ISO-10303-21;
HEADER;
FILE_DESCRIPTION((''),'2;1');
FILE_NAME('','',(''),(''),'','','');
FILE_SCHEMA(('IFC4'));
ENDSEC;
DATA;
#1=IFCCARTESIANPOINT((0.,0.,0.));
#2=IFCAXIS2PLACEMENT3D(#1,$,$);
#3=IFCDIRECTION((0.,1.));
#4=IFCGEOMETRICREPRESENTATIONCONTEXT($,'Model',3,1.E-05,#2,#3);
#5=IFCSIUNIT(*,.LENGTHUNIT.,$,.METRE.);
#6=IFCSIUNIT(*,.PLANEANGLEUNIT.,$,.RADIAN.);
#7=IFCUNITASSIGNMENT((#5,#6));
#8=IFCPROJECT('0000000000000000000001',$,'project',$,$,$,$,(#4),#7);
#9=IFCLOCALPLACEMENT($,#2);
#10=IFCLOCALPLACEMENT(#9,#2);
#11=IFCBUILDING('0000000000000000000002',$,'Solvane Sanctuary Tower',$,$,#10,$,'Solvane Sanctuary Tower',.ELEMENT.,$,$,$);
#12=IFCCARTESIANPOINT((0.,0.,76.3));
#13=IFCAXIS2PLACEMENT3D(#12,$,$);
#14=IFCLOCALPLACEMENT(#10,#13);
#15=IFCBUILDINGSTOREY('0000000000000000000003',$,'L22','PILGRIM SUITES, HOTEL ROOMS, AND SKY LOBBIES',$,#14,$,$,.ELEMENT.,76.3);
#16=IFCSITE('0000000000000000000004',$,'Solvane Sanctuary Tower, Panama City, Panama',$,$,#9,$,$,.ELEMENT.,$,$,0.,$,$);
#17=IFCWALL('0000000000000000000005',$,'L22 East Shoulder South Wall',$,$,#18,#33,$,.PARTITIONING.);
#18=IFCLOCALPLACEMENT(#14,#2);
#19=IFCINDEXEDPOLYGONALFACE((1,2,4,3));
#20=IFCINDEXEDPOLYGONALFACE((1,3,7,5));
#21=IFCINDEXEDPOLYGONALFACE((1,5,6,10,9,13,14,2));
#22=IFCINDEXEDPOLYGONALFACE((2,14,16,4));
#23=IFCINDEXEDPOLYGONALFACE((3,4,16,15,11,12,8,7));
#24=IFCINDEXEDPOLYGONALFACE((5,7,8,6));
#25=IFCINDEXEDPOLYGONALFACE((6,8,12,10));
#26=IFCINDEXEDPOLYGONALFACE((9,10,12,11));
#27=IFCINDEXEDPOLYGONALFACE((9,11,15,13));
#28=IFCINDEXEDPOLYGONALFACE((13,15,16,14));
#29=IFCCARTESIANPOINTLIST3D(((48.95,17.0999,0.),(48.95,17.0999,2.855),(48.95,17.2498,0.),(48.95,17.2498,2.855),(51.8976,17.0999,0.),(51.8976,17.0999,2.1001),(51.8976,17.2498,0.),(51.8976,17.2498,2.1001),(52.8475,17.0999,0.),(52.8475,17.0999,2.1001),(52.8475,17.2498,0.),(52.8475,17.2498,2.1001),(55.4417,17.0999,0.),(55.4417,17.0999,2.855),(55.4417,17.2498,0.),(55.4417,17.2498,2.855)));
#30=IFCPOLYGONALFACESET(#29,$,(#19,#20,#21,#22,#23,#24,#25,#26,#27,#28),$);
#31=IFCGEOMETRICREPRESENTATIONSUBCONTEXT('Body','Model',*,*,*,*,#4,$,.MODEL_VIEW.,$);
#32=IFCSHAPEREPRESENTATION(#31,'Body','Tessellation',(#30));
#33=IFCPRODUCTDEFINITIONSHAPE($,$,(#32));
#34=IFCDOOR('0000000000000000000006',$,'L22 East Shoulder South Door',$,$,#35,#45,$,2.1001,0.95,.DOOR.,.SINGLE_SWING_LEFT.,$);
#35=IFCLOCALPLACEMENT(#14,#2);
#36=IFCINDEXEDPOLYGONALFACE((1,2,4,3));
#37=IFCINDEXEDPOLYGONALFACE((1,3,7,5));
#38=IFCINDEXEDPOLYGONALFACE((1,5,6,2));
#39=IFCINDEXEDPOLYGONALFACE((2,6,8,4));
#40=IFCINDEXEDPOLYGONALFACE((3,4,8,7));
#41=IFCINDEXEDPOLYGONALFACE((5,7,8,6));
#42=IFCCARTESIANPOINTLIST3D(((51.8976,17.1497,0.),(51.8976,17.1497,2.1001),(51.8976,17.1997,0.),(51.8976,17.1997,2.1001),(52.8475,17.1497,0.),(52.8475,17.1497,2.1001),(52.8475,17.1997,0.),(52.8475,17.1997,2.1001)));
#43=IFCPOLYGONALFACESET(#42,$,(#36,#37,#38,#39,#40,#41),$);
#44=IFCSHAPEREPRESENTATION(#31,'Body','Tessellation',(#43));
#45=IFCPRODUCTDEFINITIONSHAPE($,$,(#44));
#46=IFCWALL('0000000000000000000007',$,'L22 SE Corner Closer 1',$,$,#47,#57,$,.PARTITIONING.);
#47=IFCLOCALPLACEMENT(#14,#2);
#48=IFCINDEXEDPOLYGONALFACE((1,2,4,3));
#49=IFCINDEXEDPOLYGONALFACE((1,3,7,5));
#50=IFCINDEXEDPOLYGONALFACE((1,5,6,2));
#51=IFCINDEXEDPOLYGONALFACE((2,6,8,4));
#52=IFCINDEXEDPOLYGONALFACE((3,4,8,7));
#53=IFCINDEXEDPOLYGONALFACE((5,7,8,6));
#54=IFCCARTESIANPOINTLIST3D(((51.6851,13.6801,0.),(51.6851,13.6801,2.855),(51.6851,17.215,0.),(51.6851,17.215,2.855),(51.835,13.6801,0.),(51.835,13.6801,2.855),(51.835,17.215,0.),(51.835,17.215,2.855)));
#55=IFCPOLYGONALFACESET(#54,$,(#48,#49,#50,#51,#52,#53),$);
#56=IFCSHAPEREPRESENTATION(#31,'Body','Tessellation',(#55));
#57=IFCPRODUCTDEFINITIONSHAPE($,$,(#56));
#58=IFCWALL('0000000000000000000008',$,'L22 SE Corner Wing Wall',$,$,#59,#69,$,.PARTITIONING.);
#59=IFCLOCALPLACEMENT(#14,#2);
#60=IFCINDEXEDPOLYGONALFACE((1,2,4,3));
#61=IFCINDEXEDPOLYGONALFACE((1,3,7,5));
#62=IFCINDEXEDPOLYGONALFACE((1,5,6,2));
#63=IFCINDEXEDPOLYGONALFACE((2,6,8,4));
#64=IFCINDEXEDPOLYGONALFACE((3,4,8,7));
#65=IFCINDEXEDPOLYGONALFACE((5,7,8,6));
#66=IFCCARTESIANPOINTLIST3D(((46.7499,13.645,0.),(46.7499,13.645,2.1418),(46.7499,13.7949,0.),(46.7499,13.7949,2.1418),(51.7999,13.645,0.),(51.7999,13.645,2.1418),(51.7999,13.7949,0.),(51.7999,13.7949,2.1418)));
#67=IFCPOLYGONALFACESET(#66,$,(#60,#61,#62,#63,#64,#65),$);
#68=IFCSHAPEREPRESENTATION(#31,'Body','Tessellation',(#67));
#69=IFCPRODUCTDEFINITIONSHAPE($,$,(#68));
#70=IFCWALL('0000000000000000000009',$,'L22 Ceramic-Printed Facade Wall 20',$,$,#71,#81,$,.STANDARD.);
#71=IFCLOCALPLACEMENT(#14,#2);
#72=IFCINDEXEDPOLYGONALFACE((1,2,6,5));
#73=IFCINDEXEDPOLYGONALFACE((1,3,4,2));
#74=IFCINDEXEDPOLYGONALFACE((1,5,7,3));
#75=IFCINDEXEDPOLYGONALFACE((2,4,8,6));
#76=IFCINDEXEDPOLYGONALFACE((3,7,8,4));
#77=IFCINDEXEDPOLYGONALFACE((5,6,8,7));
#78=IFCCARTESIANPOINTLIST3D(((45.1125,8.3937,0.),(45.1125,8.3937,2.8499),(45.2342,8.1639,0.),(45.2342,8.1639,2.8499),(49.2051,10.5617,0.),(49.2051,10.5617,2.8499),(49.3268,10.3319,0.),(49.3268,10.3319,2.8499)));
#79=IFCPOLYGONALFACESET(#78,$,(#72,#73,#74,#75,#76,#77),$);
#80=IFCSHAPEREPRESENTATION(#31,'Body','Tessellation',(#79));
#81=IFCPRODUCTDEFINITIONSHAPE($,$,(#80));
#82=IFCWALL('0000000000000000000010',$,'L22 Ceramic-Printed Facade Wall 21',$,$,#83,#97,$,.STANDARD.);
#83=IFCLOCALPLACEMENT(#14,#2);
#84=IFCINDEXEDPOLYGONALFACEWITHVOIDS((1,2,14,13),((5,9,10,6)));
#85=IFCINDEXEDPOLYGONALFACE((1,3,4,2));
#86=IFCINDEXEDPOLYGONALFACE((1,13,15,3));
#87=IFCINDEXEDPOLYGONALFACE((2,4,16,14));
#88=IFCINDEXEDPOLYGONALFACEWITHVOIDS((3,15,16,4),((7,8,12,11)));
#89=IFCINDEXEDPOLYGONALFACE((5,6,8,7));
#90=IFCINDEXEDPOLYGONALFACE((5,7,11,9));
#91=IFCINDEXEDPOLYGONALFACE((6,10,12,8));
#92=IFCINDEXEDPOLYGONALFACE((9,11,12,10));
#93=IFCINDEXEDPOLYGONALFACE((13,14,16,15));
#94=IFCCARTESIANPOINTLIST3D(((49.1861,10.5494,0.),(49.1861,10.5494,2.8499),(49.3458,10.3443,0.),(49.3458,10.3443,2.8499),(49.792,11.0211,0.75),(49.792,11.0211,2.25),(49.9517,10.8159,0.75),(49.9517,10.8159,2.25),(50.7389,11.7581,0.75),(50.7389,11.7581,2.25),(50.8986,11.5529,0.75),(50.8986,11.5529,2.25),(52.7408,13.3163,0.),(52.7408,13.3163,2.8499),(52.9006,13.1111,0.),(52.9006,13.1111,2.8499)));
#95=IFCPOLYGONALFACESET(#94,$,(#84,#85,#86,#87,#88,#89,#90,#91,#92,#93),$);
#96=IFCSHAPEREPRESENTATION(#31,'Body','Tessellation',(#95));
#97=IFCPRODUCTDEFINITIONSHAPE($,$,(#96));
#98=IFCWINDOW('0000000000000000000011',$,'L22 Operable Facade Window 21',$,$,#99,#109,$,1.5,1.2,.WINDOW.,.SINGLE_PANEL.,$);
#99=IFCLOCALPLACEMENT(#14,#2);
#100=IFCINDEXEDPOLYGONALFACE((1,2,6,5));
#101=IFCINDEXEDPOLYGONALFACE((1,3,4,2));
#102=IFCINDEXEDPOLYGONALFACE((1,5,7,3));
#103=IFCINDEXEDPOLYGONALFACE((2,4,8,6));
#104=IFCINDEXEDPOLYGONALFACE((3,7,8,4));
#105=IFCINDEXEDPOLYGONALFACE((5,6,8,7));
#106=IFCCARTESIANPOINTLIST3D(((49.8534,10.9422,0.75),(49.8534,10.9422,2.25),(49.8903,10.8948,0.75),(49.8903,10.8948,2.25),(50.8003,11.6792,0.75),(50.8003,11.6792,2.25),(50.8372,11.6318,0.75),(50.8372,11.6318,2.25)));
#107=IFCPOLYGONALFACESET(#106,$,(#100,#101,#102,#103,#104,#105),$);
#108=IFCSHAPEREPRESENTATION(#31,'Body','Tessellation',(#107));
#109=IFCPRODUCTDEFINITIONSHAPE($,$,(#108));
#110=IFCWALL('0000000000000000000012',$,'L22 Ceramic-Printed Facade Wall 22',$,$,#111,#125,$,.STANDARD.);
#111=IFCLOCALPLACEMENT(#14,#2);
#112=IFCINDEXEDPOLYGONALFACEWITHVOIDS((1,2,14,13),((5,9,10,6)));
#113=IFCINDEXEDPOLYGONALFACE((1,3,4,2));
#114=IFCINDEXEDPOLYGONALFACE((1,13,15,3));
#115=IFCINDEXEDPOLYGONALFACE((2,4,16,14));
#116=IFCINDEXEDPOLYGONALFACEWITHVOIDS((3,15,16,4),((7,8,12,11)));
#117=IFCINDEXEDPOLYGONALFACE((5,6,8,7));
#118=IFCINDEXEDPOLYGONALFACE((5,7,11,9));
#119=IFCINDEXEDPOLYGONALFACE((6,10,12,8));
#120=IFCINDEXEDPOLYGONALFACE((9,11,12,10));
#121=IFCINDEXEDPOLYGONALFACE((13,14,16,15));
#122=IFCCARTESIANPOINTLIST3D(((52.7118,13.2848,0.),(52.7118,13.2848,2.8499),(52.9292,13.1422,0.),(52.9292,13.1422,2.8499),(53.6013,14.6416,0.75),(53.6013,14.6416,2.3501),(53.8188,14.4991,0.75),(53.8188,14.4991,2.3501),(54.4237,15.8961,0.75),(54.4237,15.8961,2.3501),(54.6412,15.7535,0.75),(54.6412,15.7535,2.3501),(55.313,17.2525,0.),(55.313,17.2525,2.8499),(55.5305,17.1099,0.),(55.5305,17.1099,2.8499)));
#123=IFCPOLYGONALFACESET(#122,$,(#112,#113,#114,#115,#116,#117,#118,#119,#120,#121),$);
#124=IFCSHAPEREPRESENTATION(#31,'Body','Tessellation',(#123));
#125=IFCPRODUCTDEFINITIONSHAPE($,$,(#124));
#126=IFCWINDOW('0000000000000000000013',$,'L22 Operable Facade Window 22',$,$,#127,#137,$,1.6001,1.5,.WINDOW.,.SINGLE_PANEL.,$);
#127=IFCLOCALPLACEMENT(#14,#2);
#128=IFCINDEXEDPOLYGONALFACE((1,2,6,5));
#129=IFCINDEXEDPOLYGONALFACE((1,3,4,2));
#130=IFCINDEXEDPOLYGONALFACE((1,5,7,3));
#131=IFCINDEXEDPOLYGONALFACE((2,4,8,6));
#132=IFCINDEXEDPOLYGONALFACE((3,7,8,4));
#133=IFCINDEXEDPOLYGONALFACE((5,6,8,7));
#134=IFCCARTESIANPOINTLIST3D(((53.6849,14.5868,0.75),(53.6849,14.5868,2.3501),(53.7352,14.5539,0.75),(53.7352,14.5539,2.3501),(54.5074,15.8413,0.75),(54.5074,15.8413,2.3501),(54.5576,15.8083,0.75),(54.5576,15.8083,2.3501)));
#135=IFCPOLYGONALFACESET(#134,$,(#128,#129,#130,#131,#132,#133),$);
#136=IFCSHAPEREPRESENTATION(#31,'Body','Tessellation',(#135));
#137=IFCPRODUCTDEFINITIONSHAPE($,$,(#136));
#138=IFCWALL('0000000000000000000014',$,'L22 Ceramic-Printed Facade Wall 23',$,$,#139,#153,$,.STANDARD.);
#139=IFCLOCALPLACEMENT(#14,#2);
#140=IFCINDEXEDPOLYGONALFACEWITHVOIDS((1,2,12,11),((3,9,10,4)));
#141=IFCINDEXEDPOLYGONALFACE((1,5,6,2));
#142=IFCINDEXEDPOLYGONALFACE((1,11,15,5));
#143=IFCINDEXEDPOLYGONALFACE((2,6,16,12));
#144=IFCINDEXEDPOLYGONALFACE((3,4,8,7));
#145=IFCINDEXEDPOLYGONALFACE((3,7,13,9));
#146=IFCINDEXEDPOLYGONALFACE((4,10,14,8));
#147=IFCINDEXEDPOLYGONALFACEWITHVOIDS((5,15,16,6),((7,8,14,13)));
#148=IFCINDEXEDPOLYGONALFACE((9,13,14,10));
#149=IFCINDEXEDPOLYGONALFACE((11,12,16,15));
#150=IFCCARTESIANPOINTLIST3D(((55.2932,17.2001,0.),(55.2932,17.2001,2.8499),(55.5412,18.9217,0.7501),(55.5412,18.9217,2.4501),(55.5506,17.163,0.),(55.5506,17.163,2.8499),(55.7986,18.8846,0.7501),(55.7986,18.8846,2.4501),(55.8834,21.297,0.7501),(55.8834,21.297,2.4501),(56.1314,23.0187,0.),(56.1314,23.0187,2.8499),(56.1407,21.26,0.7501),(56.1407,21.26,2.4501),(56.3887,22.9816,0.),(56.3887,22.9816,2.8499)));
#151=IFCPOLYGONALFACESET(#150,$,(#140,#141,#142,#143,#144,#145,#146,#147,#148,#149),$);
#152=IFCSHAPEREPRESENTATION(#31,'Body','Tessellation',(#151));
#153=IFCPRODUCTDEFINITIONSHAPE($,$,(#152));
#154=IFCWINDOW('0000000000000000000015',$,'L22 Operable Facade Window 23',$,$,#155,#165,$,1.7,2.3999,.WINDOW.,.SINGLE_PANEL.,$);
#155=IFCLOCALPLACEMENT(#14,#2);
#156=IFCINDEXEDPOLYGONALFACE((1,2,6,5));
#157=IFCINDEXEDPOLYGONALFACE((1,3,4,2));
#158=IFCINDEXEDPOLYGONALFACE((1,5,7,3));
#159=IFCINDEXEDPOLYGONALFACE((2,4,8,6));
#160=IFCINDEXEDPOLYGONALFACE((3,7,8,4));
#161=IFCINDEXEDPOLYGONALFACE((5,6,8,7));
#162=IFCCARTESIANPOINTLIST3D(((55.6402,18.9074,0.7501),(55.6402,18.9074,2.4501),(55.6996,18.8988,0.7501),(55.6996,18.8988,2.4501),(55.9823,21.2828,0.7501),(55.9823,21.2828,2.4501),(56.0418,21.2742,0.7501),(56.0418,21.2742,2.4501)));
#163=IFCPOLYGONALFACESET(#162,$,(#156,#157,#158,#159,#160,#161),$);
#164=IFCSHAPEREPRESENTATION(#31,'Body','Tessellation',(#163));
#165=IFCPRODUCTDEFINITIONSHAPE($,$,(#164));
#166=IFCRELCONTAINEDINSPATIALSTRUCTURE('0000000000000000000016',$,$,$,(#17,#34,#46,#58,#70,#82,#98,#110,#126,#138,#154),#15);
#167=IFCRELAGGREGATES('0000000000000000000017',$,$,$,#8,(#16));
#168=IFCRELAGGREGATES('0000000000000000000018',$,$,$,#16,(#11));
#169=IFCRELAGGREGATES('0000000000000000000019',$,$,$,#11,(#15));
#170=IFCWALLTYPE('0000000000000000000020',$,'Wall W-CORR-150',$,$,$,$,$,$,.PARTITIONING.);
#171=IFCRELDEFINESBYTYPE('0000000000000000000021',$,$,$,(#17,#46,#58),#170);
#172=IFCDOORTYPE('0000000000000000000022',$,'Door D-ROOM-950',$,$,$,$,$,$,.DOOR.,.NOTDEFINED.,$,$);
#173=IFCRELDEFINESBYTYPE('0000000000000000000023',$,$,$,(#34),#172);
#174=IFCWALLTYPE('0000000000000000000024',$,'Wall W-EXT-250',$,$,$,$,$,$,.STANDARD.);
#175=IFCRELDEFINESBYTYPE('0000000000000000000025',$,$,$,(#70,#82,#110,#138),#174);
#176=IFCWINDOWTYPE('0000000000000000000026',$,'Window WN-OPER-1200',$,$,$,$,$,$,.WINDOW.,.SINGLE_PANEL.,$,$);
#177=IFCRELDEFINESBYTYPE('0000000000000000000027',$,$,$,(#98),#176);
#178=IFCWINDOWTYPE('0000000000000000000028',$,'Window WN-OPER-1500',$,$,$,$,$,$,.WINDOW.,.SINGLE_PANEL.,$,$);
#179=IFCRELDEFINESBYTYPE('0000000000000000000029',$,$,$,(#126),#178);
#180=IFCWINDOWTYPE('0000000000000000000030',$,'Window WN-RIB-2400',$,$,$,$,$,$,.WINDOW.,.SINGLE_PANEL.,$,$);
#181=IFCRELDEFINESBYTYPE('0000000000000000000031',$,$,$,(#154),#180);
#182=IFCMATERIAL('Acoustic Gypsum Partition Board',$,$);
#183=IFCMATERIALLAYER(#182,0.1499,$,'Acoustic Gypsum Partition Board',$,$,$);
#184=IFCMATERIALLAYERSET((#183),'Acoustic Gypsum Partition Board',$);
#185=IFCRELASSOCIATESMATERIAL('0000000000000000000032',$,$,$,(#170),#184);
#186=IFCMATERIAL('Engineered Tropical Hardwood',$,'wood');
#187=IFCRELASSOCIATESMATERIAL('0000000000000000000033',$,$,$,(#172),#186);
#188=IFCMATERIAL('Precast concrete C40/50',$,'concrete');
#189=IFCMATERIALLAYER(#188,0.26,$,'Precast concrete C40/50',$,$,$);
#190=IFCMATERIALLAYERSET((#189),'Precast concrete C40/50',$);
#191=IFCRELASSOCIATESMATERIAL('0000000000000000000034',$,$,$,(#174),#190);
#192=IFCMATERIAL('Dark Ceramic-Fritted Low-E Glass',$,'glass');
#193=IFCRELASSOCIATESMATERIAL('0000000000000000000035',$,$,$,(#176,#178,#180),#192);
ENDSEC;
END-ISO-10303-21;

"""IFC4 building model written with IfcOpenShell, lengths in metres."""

from ifc_helpers import new_model, si_unit, direction, frame, frame_2d, origin, place, context, subcontext, project, spatial, rectangle, extrude, material, layer, layer_set, type_object, element, fill, save


model = new_model("IFC4")

# Units and contexts
model_context = context("Model", 3, precision=1e-05, world=origin(), true_north=direction((0.0, 1.0)))
body_context = subcontext(model_context, "Body", "Model", "MODEL_VIEW")
ifc_project = project(units=[si_unit("LENGTHUNIT", "METRE"), si_unit("PLANEANGLEUNIT", "RADIAN")], contexts=[model_context])

# Site, building, storey
site_placement = place(None, origin())
site = spatial("IfcSite", under=ifc_project, at=site_placement, Name="Solvane Sanctuary Tower, Panama City, Panama", CompositionType="ELEMENT", RefElevation=0.0)
building_placement = place(site_placement, origin())
building = spatial("IfcBuilding", under=site, at=building_placement, Name="Solvane Sanctuary Tower", LongName="Solvane Sanctuary Tower", CompositionType="ELEMENT")
storey_placement = place(building_placement, frame((0.0, 0.0, 76.3)))
storey = spatial("IfcBuildingStorey", under=building, at=storey_placement, Name="L22", Description="PILGRIM SUITES, HOTEL ROOMS, AND SKY LOBBIES", CompositionType="ELEMENT", Elevation=76.3)

# Wall, opening, door
ifc_material_1 = material(Name="Acoustic Gypsum Partition Board")
ifc_layer_1 = layer(ifc_material_1, 0.1499, Name="Acoustic Gypsum Partition Board")
ifc_layer_set_1 = layer_set([ifc_layer_1], Name="Acoustic Gypsum Partition Board")
wall_type_1 = type_object("IfcWallType", Name="Wall W-CORR-150", PredefinedType="PARTITIONING", material=ifc_layer_set_1)
wall_1_placement = place(storey_placement, frame((48.95, 17.1748, 0.0), z_axis=(0.0, 0.0, 1.0), x_axis=(1.0, 0.0, 0.0)))
wall_1 = element("IfcWall", 1, at=wall_1_placement, inside=storey, type_object=wall_type_1, Name="L22 East Shoulder South Wall", PredefinedType="PARTITIONING", context=body_context, shape_type="SweptSolid", body=[
    extrude(rectangle(XDim=6.4917, YDim=0.1499, at=frame_2d((3.2458, 0.0))), origin(), (0.0, 0.0, 1.0), 2.855),
])
opening_1_placement = place(wall_1_placement, frame((2.9475, 0.0, 0.0)))
opening_1 = element("IfcOpeningElement", 2, at=opening_1_placement, cuts=wall_1, PredefinedType="OPENING", context=body_context, shape_type="SweptSolid", body=[
    extrude(rectangle(XDim=0.95, YDim=2.1001, at=frame_2d((0.4751, 1.05))), frame((0.0, 0.085, 0.0), z_axis=(0.0, -1.0, 0.0), x_axis=(1.0, 0.0, 0.0)), (0.0, 0.0, 1.0), 0.1699),
])
ifc_material_2 = material(Name="Engineered Tropical Hardwood", Category="wood")
door_type_1 = type_object("IfcDoorType", Name="Door D-ROOM-950", OperationType="NOTDEFINED", PredefinedType="DOOR", material=ifc_material_2)
door_1_placement = place(opening_1_placement, origin())
door_1 = element("IfcDoor", 3, at=door_1_placement, inside=storey, type_object=door_type_1, Name="L22 East Shoulder South Door", OperationType="SINGLE_SWING_LEFT", OverallHeight=2.1001, OverallWidth=0.95, PredefinedType="DOOR", context=body_context, shape_type="SweptSolid", body=[
    extrude(rectangle(XDim=0.95, YDim=2.1001, at=frame_2d((0.4751, 1.05))), frame((0.0, 0.0249, 0.0), z_axis=(0.0, -1.0, 0.0), x_axis=(1.0, 0.0, 0.0)), (0.0, 0.0, 1.0), 0.05),
])
fill(opening_1, door_1)

# Walls
wall_2_placement = place(storey_placement, frame((51.76, 13.6799, 0.0), z_axis=(0.0, 0.0, 1.0), x_axis=(0.0, 1.0, 0.0)))
element("IfcWall", 4, at=wall_2_placement, inside=storey, type_object=wall_type_1, Name="L22 SE Corner Closer 1", PredefinedType="PARTITIONING", context=body_context, shape_type="SweptSolid", body=[
    extrude(rectangle(XDim=3.5349, YDim=0.1499, at=frame_2d((1.7676, 0.0))), origin(), (0.0, 0.0, 1.0), 2.855),
])
wall_3_placement = place(storey_placement, frame((46.75, 13.72, 0.0), z_axis=(0.0, 0.0, 1.0), x_axis=(1.0, 0.0, 0.0)))
element("IfcWall", 5, at=wall_3_placement, inside=storey, type_object=wall_type_1, Name="L22 SE Corner Wing Wall", PredefinedType="PARTITIONING", context=body_context, shape_type="SweptSolid", body=[
    extrude(rectangle(XDim=5.05, YDim=0.1499, at=frame_2d((2.5249, 0.0))), origin(), (0.0, 0.0, 1.0), 2.1418),
])
ifc_material_3 = material(Name="Precast concrete C40/50", Category="concrete")
ifc_layer_2 = layer(ifc_material_3, 0.26, Name="Precast concrete C40/50")
ifc_layer_set_2 = layer_set([ifc_layer_2], Name="Precast concrete C40/50")
wall_type_2 = type_object("IfcWallType", Name="Wall W-EXT-250", PredefinedType="STANDARD", material=ifc_layer_set_2)
wall_4_placement = place(storey_placement, frame((45.1733, 8.2788, 0.0), z_axis=(0.0, 0.0, 1.0), x_axis=(0.883669, 0.468113, 0.0)))
element("IfcWall", 6, at=wall_4_placement, inside=storey, type_object=wall_type_2, Name="L22 Ceramic-Printed Facade Wall 20", PredefinedType="STANDARD", context=body_context, shape_type="SweptSolid", body=[
    extrude(rectangle(XDim=4.6313, YDim=0.26, at=frame_2d((2.3157, 0.0))), origin(), (0.0, 0.0, 1.0), 2.8499),
])

# Walls, openings, windows
wall_5_placement = place(storey_placement, frame((49.2659, 10.4468, 0.0), z_axis=(0.0, 0.0, 1.0), x_axis=(0.789127, 0.614229, 0.0)))
wall_5 = element("IfcWall", 7, at=wall_5_placement, inside=storey, type_object=wall_type_2, Name="L22 Ceramic-Printed Facade Wall 21", PredefinedType="STANDARD", context=body_context, shape_type="SweptSolid", body=[
    extrude(rectangle(XDim=4.5046, YDim=0.26, at=frame_2d((2.2524, 0.0))), origin(), (0.0, 0.0, 1.0), 2.8499),
])
opening_2_placement = place(wall_5_placement, frame((0.7678, 0.0, 0.75)))
opening_2 = element("IfcOpeningElement", 8, at=opening_2_placement, cuts=wall_5, PredefinedType="OPENING", context=body_context, shape_type="SweptSolid", body=[
    extrude(rectangle(XDim=1.2, YDim=1.5, at=frame_2d((0.6001, 0.75))), frame((0.0, 0.1399, 0.0), z_axis=(0.0, -1.0, 0.0), x_axis=(1.0, 0.0, 0.0)), (0.0, 0.0, 1.0), 0.28),
])
ifc_material_4 = material(Name="Dark Ceramic-Fritted Low-E Glass", Category="glass")
window_type_1 = type_object("IfcWindowType", Name="Window WN-OPER-1200", PartitioningType="SINGLE_PANEL", PredefinedType="WINDOW", material=ifc_material_4)
window_1_placement = place(opening_2_placement, origin())
window_1 = element("IfcWindow", 9, at=window_1_placement, inside=storey, type_object=window_type_1, Name="L22 Operable Facade Window 21", OverallHeight=1.5, OverallWidth=1.2, PartitioningType="SINGLE_PANEL", PredefinedType="WINDOW", context=body_context, shape_type="SweptSolid", body=[
    extrude(rectangle(XDim=1.2, YDim=1.5, at=frame_2d((0.6001, 0.75))), frame((0.0, 0.03, 0.0), z_axis=(0.0, -1.0, 0.0), x_axis=(1.0, 0.0, 0.0)), (0.0, 0.0, 1.0), 0.0601),
])
fill(opening_2, window_1)
wall_6_placement = place(storey_placement, frame((52.8206, 13.2136, 0.0), z_axis=(0.0, 0.0, 1.0), x_axis=(0.548283, 0.836293, 0.0)))
wall_6 = element("IfcWall", 10, at=wall_6_placement, inside=storey, type_object=wall_type_2, Name="L22 Ceramic-Printed Facade Wall 22", PredefinedType="STANDARD", context=body_context, shape_type="SweptSolid", body=[
    extrude(rectangle(XDim=4.7444, YDim=0.26, at=frame_2d((2.3721, 0.0))), origin(), (0.0, 0.0, 1.0), 2.8499),
])
opening_3_placement = place(wall_6_placement, frame((1.6223, 0.0, 0.75)))
opening_3 = element("IfcOpeningElement", 11, at=opening_3_placement, cuts=wall_6, PredefinedType="OPENING", context=body_context, shape_type="SweptSolid", body=[
    extrude(rectangle(XDim=1.5, YDim=1.6001, at=frame_2d((0.75, 0.8))), frame((0.0, 0.1399, 0.0), z_axis=(0.0, -1.0, 0.0), x_axis=(1.0, 0.0, 0.0)), (0.0, 0.0, 1.0), 0.28),
])
window_type_2 = type_object("IfcWindowType", Name="Window WN-OPER-1500", PartitioningType="SINGLE_PANEL", PredefinedType="WINDOW", material=ifc_material_4)
window_2_placement = place(opening_3_placement, origin())
window_2 = element("IfcWindow", 12, at=window_2_placement, inside=storey, type_object=window_type_2, Name="L22 Operable Facade Window 22", OverallHeight=1.6001, OverallWidth=1.5, PartitioningType="SINGLE_PANEL", PredefinedType="WINDOW", context=body_context, shape_type="SweptSolid", body=[
    extrude(rectangle(XDim=1.5, YDim=1.6001, at=frame_2d((0.75, 0.8))), frame((0.0, 0.03, 0.0), z_axis=(0.0, -1.0, 0.0), x_axis=(1.0, 0.0, 0.0)), (0.0, 0.0, 1.0), 0.0601),
])
fill(opening_3, window_2)
wall_7_placement = place(storey_placement, frame((55.4219, 17.1814, 0.0), z_axis=(0.0, 0.0, 1.0), x_axis=(0.142572, 0.989784, 0.0)))
wall_7 = element("IfcWall", 13, at=wall_7_placement, inside=storey, type_object=wall_type_2, Name="L22 Ceramic-Printed Facade Wall 23", PredefinedType="STANDARD", context=body_context, shape_type="SweptSolid", body=[
    extrude(rectangle(XDim=5.8787, YDim=0.26, at=frame_2d((2.9395, 0.0))), origin(), (0.0, 0.0, 1.0), 2.8499),
])
opening_4_placement = place(wall_7_placement, frame((1.7395, 0.0, 0.75)))
opening_4 = element("IfcOpeningElement", 14, at=opening_4_placement, cuts=wall_7, PredefinedType="OPENING", context=body_context, shape_type="SweptSolid", body=[
    extrude(rectangle(XDim=2.3999, YDim=1.7, at=frame_2d((1.2, 0.8501))), frame((0.0, 0.1399, 0.0), z_axis=(0.0, -1.0, 0.0), x_axis=(1.0, 0.0, 0.0)), (0.0, 0.0, 1.0), 0.28),
])
window_type_3 = type_object("IfcWindowType", Name="Window WN-RIB-2400", PartitioningType="SINGLE_PANEL", PredefinedType="WINDOW", material=ifc_material_4)
window_3_placement = place(opening_4_placement, origin())
window_3 = element("IfcWindow", 15, at=window_3_placement, inside=storey, type_object=window_type_3, Name="L22 Operable Facade Window 23", OverallHeight=1.7, OverallWidth=2.3999, PartitioningType="SINGLE_PANEL", PredefinedType="WINDOW", context=body_context, shape_type="SweptSolid", body=[
    extrude(rectangle(XDim=2.3999, YDim=1.7, at=frame_2d((1.2, 0.8501))), frame((0.0, 0.03, 0.0), z_axis=(0.0, -1.0, 0.0), x_axis=(1.0, 0.0, 0.0)), (0.0, 0.0, 1.0), 0.0601),
])
fill(opening_4, window_3)

save(model, "model.ifc")
